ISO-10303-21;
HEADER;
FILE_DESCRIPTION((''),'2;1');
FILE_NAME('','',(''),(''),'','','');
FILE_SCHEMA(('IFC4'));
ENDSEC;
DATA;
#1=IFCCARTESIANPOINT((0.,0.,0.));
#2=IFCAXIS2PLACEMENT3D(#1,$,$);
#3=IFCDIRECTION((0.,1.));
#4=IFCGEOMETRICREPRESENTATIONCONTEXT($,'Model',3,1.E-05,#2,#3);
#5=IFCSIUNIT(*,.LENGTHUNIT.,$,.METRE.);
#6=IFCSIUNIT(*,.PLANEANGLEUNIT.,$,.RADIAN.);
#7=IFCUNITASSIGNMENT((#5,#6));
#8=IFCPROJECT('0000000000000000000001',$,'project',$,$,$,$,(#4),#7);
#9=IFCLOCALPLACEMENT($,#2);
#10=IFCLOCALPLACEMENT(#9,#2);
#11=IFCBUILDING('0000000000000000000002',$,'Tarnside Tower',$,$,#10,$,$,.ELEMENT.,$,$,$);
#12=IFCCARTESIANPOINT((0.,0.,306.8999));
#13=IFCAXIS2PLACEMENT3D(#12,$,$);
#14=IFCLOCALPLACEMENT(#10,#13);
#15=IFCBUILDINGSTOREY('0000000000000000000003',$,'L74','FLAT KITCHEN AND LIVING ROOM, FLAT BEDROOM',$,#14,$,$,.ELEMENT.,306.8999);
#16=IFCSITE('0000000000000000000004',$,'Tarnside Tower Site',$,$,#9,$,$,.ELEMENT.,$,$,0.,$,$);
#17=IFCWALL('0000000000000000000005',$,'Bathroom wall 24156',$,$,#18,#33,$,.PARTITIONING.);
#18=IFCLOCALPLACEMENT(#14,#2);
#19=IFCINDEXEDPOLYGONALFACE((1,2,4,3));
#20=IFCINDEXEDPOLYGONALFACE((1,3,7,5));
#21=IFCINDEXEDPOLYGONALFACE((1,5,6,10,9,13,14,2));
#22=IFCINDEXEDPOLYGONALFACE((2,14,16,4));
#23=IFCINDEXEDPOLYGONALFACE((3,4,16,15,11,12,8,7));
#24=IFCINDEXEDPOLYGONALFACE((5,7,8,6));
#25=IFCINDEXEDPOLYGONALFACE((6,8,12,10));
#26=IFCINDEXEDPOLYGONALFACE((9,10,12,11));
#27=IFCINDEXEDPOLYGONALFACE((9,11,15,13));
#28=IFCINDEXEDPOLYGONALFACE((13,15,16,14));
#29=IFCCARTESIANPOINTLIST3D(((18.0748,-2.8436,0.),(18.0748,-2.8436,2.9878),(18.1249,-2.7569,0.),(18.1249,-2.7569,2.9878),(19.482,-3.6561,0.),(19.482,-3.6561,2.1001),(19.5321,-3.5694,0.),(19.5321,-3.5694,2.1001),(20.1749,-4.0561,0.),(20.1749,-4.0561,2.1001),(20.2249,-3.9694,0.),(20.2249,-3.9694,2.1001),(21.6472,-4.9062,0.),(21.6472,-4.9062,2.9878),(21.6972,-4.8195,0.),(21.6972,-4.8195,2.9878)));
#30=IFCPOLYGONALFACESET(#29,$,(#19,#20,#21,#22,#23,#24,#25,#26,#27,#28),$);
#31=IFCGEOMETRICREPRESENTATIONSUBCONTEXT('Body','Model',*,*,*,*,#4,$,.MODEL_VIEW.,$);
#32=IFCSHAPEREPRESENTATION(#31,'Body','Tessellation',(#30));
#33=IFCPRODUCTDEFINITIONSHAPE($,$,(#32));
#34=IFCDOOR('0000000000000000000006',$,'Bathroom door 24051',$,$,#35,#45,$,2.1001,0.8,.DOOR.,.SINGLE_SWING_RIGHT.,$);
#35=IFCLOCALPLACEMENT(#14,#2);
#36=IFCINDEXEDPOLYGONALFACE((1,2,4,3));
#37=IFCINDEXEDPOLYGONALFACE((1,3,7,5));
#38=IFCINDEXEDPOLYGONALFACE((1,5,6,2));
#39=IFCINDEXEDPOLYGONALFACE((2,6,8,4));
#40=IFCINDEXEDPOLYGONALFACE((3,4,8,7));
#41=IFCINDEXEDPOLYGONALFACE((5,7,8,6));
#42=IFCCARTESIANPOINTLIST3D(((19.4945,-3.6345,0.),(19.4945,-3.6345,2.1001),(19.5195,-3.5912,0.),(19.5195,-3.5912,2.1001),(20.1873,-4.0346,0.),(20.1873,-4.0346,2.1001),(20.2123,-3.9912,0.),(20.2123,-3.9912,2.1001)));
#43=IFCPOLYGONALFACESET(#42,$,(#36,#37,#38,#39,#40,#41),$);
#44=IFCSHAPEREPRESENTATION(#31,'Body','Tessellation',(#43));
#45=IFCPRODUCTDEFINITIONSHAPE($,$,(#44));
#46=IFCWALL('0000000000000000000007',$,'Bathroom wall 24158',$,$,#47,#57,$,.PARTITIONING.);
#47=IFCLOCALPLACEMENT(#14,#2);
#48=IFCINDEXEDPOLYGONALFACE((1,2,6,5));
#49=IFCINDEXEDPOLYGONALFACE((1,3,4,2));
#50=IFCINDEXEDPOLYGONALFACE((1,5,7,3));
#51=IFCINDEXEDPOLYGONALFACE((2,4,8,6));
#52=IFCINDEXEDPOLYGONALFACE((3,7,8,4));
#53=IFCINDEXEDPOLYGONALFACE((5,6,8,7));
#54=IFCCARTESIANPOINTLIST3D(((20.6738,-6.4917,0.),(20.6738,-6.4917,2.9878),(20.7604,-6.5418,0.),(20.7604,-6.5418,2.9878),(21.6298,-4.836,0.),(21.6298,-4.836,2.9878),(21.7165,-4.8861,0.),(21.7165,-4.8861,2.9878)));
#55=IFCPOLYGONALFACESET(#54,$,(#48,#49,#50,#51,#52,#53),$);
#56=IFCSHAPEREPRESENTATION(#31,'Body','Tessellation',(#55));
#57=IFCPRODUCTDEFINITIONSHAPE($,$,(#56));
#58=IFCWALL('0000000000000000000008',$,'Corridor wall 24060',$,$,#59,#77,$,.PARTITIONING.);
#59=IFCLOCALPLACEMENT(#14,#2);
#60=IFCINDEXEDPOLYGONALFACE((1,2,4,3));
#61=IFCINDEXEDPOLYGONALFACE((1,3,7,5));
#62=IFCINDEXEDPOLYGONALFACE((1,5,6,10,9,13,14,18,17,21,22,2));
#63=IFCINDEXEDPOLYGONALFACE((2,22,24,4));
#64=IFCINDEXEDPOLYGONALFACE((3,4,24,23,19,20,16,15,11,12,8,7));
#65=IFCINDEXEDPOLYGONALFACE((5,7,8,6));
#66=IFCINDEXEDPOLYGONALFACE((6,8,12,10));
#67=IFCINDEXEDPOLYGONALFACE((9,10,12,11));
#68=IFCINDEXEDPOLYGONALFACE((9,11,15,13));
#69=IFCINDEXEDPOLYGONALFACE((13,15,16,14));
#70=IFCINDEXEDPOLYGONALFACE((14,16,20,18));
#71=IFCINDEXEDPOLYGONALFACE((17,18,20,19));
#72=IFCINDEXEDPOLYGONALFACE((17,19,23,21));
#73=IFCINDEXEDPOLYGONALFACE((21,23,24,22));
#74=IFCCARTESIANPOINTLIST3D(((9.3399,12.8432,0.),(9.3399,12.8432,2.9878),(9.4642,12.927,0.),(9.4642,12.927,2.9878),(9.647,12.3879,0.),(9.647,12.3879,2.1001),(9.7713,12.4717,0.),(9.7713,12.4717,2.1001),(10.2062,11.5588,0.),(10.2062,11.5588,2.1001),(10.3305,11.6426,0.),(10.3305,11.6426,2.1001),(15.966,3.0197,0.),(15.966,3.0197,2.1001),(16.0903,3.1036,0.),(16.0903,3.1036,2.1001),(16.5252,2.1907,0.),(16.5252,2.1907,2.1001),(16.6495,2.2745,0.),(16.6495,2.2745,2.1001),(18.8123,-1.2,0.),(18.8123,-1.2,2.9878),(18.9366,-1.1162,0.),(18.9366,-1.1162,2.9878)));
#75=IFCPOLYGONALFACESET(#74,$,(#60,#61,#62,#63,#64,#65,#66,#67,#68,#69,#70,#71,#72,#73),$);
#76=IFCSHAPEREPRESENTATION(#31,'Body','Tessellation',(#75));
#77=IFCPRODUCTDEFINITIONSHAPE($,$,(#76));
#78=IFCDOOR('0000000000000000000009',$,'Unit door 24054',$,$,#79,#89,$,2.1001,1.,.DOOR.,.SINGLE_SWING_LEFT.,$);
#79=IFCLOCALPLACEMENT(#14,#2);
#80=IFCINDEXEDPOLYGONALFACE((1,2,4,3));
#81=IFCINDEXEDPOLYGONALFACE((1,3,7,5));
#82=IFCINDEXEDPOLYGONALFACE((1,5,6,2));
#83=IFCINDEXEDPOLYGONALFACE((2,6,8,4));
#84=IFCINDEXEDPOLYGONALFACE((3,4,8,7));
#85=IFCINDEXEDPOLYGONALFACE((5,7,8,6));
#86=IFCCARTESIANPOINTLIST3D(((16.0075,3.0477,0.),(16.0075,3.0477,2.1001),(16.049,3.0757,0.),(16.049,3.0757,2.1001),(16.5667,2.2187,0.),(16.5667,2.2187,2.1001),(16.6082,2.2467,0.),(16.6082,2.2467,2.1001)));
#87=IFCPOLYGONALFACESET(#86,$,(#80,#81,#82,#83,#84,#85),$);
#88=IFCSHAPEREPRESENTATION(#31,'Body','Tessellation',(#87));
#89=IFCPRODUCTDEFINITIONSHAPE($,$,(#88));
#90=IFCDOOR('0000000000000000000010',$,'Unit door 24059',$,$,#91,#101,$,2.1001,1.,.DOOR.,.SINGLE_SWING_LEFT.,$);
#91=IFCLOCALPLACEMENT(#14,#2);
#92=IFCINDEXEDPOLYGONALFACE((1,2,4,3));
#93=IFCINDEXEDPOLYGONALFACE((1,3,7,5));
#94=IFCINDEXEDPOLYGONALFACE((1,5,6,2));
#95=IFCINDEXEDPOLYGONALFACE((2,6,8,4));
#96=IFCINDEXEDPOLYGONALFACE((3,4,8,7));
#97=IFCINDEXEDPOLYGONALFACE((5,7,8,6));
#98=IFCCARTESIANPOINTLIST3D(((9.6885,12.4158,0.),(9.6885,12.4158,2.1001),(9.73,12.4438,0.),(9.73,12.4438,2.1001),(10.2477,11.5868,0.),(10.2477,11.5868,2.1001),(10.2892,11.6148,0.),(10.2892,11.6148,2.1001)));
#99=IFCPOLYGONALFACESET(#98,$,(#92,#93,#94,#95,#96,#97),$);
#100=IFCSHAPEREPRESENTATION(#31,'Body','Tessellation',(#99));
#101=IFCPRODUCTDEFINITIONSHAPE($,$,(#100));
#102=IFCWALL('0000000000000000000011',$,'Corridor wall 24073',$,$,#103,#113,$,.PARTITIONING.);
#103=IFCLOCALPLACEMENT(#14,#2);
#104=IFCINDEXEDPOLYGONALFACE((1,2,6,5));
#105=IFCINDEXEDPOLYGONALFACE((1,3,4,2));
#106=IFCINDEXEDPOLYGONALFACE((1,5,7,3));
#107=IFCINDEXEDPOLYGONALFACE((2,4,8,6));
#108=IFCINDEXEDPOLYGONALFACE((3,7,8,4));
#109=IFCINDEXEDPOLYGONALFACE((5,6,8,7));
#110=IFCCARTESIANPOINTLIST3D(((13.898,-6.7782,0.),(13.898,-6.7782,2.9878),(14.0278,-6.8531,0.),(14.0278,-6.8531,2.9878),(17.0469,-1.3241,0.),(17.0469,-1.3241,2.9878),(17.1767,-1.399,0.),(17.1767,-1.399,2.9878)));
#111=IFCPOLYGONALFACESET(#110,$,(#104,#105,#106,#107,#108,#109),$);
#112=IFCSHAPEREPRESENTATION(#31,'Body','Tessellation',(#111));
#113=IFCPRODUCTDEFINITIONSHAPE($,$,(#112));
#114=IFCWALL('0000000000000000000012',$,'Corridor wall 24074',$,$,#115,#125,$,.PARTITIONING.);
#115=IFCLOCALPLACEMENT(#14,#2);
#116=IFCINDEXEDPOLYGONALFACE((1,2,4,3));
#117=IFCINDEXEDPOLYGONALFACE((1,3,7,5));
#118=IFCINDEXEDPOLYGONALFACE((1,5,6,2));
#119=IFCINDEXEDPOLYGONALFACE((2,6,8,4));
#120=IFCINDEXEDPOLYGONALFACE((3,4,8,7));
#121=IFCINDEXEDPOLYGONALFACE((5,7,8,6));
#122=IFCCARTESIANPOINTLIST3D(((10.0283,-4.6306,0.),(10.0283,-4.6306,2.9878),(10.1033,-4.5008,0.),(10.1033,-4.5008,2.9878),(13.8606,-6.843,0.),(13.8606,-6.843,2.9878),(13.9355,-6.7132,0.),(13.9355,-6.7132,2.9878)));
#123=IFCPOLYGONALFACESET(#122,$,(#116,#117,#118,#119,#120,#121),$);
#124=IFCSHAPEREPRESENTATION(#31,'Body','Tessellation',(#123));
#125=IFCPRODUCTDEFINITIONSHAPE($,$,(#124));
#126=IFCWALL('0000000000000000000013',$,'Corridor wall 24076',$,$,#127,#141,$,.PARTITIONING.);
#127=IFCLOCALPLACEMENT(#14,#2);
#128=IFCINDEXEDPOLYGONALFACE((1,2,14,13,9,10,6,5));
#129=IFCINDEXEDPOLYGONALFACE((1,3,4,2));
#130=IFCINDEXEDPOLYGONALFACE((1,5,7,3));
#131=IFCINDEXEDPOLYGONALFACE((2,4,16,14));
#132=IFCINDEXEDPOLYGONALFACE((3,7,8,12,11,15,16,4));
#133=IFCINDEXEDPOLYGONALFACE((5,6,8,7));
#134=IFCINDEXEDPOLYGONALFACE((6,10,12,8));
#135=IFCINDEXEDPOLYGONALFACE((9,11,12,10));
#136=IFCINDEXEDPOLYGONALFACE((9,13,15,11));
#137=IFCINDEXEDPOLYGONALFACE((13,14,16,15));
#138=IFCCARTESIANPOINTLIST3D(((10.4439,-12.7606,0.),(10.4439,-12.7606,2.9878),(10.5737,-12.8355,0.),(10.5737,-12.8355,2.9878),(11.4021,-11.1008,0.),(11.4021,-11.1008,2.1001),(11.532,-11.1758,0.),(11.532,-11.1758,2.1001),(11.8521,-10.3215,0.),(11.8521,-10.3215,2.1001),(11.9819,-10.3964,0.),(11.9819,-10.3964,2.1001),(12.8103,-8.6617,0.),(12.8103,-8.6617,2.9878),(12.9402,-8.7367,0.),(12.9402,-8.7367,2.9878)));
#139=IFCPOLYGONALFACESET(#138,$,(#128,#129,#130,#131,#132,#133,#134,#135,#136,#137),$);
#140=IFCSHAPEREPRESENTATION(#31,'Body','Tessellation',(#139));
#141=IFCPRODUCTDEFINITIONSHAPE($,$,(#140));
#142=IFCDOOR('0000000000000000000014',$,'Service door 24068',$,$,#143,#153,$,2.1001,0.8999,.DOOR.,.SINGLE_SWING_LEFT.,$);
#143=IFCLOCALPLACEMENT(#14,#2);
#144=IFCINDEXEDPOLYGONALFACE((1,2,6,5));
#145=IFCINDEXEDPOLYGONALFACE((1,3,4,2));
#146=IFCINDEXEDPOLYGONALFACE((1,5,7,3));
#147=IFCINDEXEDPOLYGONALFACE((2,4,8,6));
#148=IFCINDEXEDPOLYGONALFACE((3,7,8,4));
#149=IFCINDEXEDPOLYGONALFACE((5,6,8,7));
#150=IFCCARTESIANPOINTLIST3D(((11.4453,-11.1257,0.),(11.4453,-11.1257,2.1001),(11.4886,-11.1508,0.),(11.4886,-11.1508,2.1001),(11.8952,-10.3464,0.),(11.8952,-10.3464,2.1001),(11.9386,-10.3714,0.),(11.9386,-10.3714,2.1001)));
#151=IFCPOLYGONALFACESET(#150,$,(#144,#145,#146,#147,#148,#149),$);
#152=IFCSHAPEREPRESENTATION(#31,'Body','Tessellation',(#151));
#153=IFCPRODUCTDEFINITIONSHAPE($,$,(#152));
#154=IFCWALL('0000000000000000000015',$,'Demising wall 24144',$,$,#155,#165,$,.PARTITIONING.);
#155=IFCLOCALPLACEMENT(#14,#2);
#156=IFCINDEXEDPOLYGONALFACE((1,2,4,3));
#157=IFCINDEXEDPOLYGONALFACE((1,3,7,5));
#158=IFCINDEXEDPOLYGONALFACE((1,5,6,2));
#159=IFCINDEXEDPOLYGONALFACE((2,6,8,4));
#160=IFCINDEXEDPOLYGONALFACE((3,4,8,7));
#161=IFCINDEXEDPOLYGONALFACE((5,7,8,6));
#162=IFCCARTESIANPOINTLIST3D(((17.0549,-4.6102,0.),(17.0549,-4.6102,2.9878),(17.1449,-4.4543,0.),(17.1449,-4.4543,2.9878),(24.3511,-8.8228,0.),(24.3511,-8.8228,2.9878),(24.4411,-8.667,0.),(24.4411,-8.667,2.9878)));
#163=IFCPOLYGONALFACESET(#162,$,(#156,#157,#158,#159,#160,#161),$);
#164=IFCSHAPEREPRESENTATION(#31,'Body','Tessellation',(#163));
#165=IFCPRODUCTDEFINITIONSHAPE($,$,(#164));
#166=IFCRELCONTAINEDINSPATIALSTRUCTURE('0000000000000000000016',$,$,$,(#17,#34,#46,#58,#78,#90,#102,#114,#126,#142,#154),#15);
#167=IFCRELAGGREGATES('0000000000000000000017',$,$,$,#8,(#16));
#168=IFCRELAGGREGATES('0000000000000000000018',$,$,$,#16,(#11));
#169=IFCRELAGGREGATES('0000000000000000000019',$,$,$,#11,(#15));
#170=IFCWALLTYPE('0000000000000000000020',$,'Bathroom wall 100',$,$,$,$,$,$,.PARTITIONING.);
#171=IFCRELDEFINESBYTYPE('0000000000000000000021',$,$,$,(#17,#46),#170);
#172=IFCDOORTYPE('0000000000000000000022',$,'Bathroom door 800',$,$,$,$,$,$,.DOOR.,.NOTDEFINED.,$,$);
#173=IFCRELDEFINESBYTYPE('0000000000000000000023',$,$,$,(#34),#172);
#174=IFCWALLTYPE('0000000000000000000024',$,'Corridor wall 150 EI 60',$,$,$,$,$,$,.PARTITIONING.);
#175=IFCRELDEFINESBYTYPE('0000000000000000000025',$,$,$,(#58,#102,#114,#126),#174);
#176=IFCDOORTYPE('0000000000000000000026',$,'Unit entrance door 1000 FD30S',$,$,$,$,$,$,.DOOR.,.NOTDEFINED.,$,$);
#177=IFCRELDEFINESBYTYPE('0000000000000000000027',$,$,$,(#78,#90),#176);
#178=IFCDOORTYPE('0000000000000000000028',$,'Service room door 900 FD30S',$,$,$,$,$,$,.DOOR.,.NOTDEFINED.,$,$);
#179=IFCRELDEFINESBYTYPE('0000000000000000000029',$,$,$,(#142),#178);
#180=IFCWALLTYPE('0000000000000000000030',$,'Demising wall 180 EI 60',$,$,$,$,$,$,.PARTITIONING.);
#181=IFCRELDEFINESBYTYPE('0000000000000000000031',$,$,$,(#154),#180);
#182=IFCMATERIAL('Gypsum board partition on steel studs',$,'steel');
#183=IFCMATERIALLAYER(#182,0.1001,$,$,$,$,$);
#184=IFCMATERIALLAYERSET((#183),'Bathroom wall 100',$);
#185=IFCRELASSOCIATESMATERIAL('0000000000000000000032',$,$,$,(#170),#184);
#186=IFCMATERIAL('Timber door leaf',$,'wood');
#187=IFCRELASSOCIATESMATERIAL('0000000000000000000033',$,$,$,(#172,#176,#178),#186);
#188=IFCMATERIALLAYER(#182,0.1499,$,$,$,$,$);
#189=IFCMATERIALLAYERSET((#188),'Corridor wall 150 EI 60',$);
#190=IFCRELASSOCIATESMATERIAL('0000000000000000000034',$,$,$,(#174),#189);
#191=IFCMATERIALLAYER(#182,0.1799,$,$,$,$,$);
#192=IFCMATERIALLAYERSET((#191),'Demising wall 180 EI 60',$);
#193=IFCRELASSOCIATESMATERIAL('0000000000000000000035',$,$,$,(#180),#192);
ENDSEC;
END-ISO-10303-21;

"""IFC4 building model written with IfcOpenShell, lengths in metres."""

from ifc_helpers import new_model, si_unit, direction, frame, frame_2d, origin, place, context, subcontext, project, spatial, rectangle, extrude, material, layer, layer_set, type_object, element, fill, save


model = new_model("IFC4")

# Units and contexts
model_context = context("Model", 3, precision=1e-05, world=origin(), true_north=direction((0.0, 1.0)))
body_context = subcontext(model_context, "Body", "Model", "MODEL_VIEW")
ifc_project = project(units=[si_unit("LENGTHUNIT", "METRE"), si_unit("PLANEANGLEUNIT", "RADIAN")], contexts=[model_context])

# Site, building, storey
site_placement = place(None, origin())
site = spatial("IfcSite", under=ifc_project, at=site_placement, Name="Tarnside Tower Site", CompositionType="ELEMENT", RefElevation=0.0)
building_placement = place(site_placement, origin())
building = spatial("IfcBuilding", under=site, at=building_placement, Name="Tarnside Tower", CompositionType="ELEMENT")
storey_placement = place(building_placement, frame((0.0, 0.0, 306.8999)))
storey = spatial("IfcBuildingStorey", under=building, at=storey_placement, Name="L74", Description="FLAT KITCHEN AND LIVING ROOM, FLAT BEDROOM", CompositionType="ELEMENT", Elevation=306.8999)

# Wall, opening, door
ifc_material_1 = material(Name="Gypsum board partition on steel studs", Category="steel")
ifc_layer_1 = layer(ifc_material_1, 0.1001)
ifc_layer_set_1 = layer_set([ifc_layer_1], Name="Bathroom wall 100")
wall_type_1 = type_object("IfcWallType", Name="Bathroom wall 100", PredefinedType="PARTITIONING", material=ifc_layer_set_1)
wall_1_placement = place(storey_placement, frame((18.0999, -2.8003, 0.0), z_axis=(0.0, 0.0, 1.0), x_axis=(0.86602, -0.500009, 0.0)))
wall_1 = element("IfcWall", 1, at=wall_1_placement, inside=storey, type_object=wall_type_1, Name="Bathroom wall 24156", PredefinedType="PARTITIONING", context=body_context, shape_type="SweptSolid", body=[
    extrude(rectangle(XDim=4.125, YDim=0.1001, at=frame_2d((2.0625, 0.0))), origin(), (0.0, 0.0, 1.0), 2.9878),
])
opening_1_placement = place(wall_1_placement, frame((1.625, 0.0, 0.0)))
opening_1 = element("IfcOpeningElement", 2, at=opening_1_placement, cuts=wall_1, PredefinedType="OPENING", context=body_context, shape_type="SweptSolid", body=[
    extrude(rectangle(XDim=0.8, YDim=2.1001, at=frame_2d((0.3999, 1.05))), frame((0.0, 0.0601, 0.0), z_axis=(0.0, -1.0, 0.0), x_axis=(1.0, 0.0, 0.0)), (0.0, 0.0, 1.0), 0.1201),
])
ifc_material_2 = material(Name="Timber door leaf", Category="wood")
door_type_1 = type_object("IfcDoorType", Name="Bathroom door 800", OperationType="NOTDEFINED", PredefinedType="DOOR", material=ifc_material_2)
door_1_placement = place(opening_1_placement, origin())
door_1 = element("IfcDoor", 3, at=door_1_placement, inside=storey, type_object=door_type_1, Name="Bathroom door 24051", OperationType="SINGLE_SWING_RIGHT", OverallHeight=2.1001, OverallWidth=0.8, PredefinedType="DOOR", context=body_context, shape_type="SweptSolid", body=[
    extrude(rectangle(XDim=0.8, YDim=2.1001, at=frame_2d((0.3999, 1.05))), frame((0.0, 0.0249, 0.0), z_axis=(0.0, -1.0, 0.0), x_axis=(1.0, 0.0, 0.0)), (0.0, 0.0, 1.0), 0.05),
])
fill(opening_1, door_1)

# Wall
wall_2_placement = place(storey_placement, frame((20.717, -6.5168, 0.0), z_axis=(0.0, 0.0, 1.0), x_axis=(0.500039, 0.866003, 0.0)))
element("IfcWall", 4, at=wall_2_placement, inside=storey, type_object=wall_type_1, Name="Bathroom wall 24158", PredefinedType="PARTITIONING", context=body_context, shape_type="SweptSolid", body=[
    extrude(rectangle(XDim=1.9119, YDim=0.1001, at=frame_2d((0.9561, 0.0))), origin(), (0.0, 0.0, 1.0), 2.9878),
])

# Wall, openings, doors
ifc_layer_2 = layer(ifc_material_1, 0.1499)
ifc_layer_set_2 = layer_set([ifc_layer_2], Name="Corridor wall 150 EI 60")
wall_type_2 = type_object("IfcWallType", Name="Corridor wall 150 EI 60", PredefinedType="PARTITIONING", material=ifc_layer_set_2)
wall_3_placement = place(storey_placement, frame((18.8745, -1.1582, 0.0), z_axis=(0.0, 0.0, 1.0), x_axis=(-0.559199, 0.829034, 0.0)))
wall_3 = element("IfcWall", 5, at=wall_3_placement, inside=storey, type_object=wall_type_2, Name="Corridor wall 24060", PredefinedType="PARTITIONING", context=body_context, shape_type="SweptSolid", body=[
    extrude(rectangle(XDim=16.9392, YDim=0.1499, at=frame_2d((8.4697, 0.0))), origin(), (0.0, 0.0, 1.0), 2.9878),
])
opening_2_placement = place(wall_3_placement, frame((4.0901, 0.0, 0.0)))
opening_2 = element("IfcOpeningElement", 6, at=opening_2_placement, cuts=wall_3, PredefinedType="OPENING", context=body_context, shape_type="SweptSolid", body=[
    extrude(rectangle(XDim=1.0, YDim=2.1001, at=frame_2d((0.5, 1.05))), frame((0.0, 0.085, 0.0), z_axis=(0.0, -1.0, 0.0), x_axis=(1.0, 0.0, 0.0)), (0.0, 0.0, 1.0), 0.1699),
])
opening_3_placement = place(wall_3_placement, frame((15.3901, 0.0, 0.0)))
opening_3 = element("IfcOpeningElement", 7, at=opening_3_placement, cuts=wall_3, PredefinedType="OPENING", context=body_context, shape_type="SweptSolid", body=[
    extrude(rectangle(XDim=1.0, YDim=2.1001, at=frame_2d((0.5, 1.05))), frame((0.0, 0.085, 0.0), z_axis=(0.0, -1.0, 0.0), x_axis=(1.0, 0.0, 0.0)), (0.0, 0.0, 1.0), 0.1699),
])
door_type_2 = type_object("IfcDoorType", Name="Unit entrance door 1000 FD30S", OperationType="NOTDEFINED", PredefinedType="DOOR", material=ifc_material_2)
door_2_placement = place(opening_2_placement, origin())
door_2 = element("IfcDoor", 8, at=door_2_placement, inside=storey, type_object=door_type_2, Name="Unit door 24054", OperationType="SINGLE_SWING_LEFT", OverallHeight=2.1001, OverallWidth=1.0, PredefinedType="DOOR", context=body_context, shape_type="SweptSolid", body=[
    extrude(rectangle(XDim=1.0, YDim=2.1001, at=frame_2d((0.5, 1.05))), frame((0.0, 0.0249, 0.0), z_axis=(0.0, -1.0, 0.0), x_axis=(1.0, 0.0, 0.0)), (0.0, 0.0, 1.0), 0.05),
])
fill(opening_2, door_2)
door_3_placement = place(opening_3_placement, origin())
door_3 = element("IfcDoor", 9, at=door_3_placement, inside=storey, type_object=door_type_2, Name="Unit door 24059", OperationType="SINGLE_SWING_LEFT", OverallHeight=2.1001, OverallWidth=1.0, PredefinedType="DOOR", context=body_context, shape_type="SweptSolid", body=[
    extrude(rectangle(XDim=1.0, YDim=2.1001, at=frame_2d((0.5, 1.05))), frame((0.0, 0.0249, 0.0), z_axis=(0.0, -1.0, 0.0), x_axis=(1.0, 0.0, 0.0)), (0.0, 0.0, 1.0), 0.05),
])
fill(opening_3, door_3)

# Walls
wall_4_placement = place(storey_placement, frame((17.1118, -1.3616, 0.0), z_axis=(0.0, 0.0, 1.0), x_axis=(-0.5, -0.866025, 0.0)))
element("IfcWall", 10, at=wall_4_placement, inside=storey, type_object=wall_type_2, Name="Corridor wall 24073", PredefinedType="PARTITIONING", context=body_context, shape_type="SweptSolid", body=[
    extrude(rectangle(XDim=6.2979, YDim=0.1499, at=frame_2d((3.1489, 0.0))), origin(), (0.0, 0.0, 1.0), 2.9878),
])
wall_5_placement = place(storey_placement, frame((13.8979, -6.7781, 0.0), z_axis=(0.0, 0.0, 1.0), x_axis=(-0.866041, 0.499972, 0.0)))
element("IfcWall", 11, at=wall_5_placement, inside=storey, type_object=wall_type_2, Name="Corridor wall 24074", PredefinedType="PARTITIONING", context=body_context, shape_type="SweptSolid", body=[
    extrude(rectangle(XDim=4.425, YDim=0.1499, at=frame_2d((2.2124, 0.0))), origin(), (0.0, 0.0, 1.0), 2.9878),
])

# Wall, opening, door
wall_6_placement = place(storey_placement, frame((12.8752, -8.6992, 0.0), z_axis=(0.0, 0.0, 1.0), x_axis=(-0.499995, -0.866028, 0.0)))
wall_6 = element("IfcWall", 12, at=wall_6_placement, inside=storey, type_object=wall_type_2, Name="Corridor wall 24076", PredefinedType="PARTITIONING", context=body_context, shape_type="SweptSolid", body=[
    extrude(rectangle(XDim=4.7329, YDim=0.1499, at=frame_2d((2.3665, 0.0))), origin(), (0.0, 0.0, 1.0), 2.9878),
])
opening_4_placement = place(wall_6_placement, frame((1.9165, 0.0, 0.0)))
opening_4 = element("IfcOpeningElement", 13, at=opening_4_placement, cuts=wall_6, PredefinedType="OPENING", context=body_context, shape_type="SweptSolid", body=[
    extrude(rectangle(XDim=0.8999, YDim=2.1001, at=frame_2d((0.45, 1.05))), frame((0.0, 0.085, 0.0), z_axis=(0.0, -1.0, 0.0), x_axis=(1.0, 0.0, 0.0)), (0.0, 0.0, 1.0), 0.1699),
])
door_type_3 = type_object("IfcDoorType", Name="Service room door 900 FD30S", OperationType="NOTDEFINED", PredefinedType="DOOR", material=ifc_material_2)
door_4_placement = place(opening_4_placement, origin())
door_4 = element("IfcDoor", 14, at=door_4_placement, inside=storey, type_object=door_type_3, Name="Service door 24068", OperationType="SINGLE_SWING_LEFT", OverallHeight=2.1001, OverallWidth=0.8999, PredefinedType="DOOR", context=body_context, shape_type="SweptSolid", body=[
    extrude(rectangle(XDim=0.8999, YDim=2.1001, at=frame_2d((0.45, 1.05))), frame((0.0, 0.0249, 0.0), z_axis=(0.0, -1.0, 0.0), x_axis=(1.0, 0.0, 0.0)), (0.0, 0.0, 1.0), 0.05),
])
fill(opening_4, door_4)

# Wall
ifc_layer_3 = layer(ifc_material_1, 0.1799)
ifc_layer_set_3 = layer_set([ifc_layer_3], Name="Demising wall 180 EI 60")
wall_type_3 = type_object("IfcWallType", Name="Demising wall 180 EI 60", PredefinedType="PARTITIONING", material=ifc_layer_set_3)
wall_7_placement = place(storey_placement, frame((24.396, -8.7449, 0.0), z_axis=(0.0, 0.0, 1.0), x_axis=(-0.866014, 0.500019, 0.0)))
element("IfcWall", 15, at=wall_7_placement, inside=storey, type_object=wall_type_3, Name="Demising wall 24144", PredefinedType="PARTITIONING", context=body_context, shape_type="SweptSolid", body=[
    extrude(rectangle(XDim=8.425, YDim=0.1799, at=frame_2d((4.2124, 0.0))), origin(), (0.0, 0.0, 1.0), 2.9878),
])

save(model, "model.ifc")
